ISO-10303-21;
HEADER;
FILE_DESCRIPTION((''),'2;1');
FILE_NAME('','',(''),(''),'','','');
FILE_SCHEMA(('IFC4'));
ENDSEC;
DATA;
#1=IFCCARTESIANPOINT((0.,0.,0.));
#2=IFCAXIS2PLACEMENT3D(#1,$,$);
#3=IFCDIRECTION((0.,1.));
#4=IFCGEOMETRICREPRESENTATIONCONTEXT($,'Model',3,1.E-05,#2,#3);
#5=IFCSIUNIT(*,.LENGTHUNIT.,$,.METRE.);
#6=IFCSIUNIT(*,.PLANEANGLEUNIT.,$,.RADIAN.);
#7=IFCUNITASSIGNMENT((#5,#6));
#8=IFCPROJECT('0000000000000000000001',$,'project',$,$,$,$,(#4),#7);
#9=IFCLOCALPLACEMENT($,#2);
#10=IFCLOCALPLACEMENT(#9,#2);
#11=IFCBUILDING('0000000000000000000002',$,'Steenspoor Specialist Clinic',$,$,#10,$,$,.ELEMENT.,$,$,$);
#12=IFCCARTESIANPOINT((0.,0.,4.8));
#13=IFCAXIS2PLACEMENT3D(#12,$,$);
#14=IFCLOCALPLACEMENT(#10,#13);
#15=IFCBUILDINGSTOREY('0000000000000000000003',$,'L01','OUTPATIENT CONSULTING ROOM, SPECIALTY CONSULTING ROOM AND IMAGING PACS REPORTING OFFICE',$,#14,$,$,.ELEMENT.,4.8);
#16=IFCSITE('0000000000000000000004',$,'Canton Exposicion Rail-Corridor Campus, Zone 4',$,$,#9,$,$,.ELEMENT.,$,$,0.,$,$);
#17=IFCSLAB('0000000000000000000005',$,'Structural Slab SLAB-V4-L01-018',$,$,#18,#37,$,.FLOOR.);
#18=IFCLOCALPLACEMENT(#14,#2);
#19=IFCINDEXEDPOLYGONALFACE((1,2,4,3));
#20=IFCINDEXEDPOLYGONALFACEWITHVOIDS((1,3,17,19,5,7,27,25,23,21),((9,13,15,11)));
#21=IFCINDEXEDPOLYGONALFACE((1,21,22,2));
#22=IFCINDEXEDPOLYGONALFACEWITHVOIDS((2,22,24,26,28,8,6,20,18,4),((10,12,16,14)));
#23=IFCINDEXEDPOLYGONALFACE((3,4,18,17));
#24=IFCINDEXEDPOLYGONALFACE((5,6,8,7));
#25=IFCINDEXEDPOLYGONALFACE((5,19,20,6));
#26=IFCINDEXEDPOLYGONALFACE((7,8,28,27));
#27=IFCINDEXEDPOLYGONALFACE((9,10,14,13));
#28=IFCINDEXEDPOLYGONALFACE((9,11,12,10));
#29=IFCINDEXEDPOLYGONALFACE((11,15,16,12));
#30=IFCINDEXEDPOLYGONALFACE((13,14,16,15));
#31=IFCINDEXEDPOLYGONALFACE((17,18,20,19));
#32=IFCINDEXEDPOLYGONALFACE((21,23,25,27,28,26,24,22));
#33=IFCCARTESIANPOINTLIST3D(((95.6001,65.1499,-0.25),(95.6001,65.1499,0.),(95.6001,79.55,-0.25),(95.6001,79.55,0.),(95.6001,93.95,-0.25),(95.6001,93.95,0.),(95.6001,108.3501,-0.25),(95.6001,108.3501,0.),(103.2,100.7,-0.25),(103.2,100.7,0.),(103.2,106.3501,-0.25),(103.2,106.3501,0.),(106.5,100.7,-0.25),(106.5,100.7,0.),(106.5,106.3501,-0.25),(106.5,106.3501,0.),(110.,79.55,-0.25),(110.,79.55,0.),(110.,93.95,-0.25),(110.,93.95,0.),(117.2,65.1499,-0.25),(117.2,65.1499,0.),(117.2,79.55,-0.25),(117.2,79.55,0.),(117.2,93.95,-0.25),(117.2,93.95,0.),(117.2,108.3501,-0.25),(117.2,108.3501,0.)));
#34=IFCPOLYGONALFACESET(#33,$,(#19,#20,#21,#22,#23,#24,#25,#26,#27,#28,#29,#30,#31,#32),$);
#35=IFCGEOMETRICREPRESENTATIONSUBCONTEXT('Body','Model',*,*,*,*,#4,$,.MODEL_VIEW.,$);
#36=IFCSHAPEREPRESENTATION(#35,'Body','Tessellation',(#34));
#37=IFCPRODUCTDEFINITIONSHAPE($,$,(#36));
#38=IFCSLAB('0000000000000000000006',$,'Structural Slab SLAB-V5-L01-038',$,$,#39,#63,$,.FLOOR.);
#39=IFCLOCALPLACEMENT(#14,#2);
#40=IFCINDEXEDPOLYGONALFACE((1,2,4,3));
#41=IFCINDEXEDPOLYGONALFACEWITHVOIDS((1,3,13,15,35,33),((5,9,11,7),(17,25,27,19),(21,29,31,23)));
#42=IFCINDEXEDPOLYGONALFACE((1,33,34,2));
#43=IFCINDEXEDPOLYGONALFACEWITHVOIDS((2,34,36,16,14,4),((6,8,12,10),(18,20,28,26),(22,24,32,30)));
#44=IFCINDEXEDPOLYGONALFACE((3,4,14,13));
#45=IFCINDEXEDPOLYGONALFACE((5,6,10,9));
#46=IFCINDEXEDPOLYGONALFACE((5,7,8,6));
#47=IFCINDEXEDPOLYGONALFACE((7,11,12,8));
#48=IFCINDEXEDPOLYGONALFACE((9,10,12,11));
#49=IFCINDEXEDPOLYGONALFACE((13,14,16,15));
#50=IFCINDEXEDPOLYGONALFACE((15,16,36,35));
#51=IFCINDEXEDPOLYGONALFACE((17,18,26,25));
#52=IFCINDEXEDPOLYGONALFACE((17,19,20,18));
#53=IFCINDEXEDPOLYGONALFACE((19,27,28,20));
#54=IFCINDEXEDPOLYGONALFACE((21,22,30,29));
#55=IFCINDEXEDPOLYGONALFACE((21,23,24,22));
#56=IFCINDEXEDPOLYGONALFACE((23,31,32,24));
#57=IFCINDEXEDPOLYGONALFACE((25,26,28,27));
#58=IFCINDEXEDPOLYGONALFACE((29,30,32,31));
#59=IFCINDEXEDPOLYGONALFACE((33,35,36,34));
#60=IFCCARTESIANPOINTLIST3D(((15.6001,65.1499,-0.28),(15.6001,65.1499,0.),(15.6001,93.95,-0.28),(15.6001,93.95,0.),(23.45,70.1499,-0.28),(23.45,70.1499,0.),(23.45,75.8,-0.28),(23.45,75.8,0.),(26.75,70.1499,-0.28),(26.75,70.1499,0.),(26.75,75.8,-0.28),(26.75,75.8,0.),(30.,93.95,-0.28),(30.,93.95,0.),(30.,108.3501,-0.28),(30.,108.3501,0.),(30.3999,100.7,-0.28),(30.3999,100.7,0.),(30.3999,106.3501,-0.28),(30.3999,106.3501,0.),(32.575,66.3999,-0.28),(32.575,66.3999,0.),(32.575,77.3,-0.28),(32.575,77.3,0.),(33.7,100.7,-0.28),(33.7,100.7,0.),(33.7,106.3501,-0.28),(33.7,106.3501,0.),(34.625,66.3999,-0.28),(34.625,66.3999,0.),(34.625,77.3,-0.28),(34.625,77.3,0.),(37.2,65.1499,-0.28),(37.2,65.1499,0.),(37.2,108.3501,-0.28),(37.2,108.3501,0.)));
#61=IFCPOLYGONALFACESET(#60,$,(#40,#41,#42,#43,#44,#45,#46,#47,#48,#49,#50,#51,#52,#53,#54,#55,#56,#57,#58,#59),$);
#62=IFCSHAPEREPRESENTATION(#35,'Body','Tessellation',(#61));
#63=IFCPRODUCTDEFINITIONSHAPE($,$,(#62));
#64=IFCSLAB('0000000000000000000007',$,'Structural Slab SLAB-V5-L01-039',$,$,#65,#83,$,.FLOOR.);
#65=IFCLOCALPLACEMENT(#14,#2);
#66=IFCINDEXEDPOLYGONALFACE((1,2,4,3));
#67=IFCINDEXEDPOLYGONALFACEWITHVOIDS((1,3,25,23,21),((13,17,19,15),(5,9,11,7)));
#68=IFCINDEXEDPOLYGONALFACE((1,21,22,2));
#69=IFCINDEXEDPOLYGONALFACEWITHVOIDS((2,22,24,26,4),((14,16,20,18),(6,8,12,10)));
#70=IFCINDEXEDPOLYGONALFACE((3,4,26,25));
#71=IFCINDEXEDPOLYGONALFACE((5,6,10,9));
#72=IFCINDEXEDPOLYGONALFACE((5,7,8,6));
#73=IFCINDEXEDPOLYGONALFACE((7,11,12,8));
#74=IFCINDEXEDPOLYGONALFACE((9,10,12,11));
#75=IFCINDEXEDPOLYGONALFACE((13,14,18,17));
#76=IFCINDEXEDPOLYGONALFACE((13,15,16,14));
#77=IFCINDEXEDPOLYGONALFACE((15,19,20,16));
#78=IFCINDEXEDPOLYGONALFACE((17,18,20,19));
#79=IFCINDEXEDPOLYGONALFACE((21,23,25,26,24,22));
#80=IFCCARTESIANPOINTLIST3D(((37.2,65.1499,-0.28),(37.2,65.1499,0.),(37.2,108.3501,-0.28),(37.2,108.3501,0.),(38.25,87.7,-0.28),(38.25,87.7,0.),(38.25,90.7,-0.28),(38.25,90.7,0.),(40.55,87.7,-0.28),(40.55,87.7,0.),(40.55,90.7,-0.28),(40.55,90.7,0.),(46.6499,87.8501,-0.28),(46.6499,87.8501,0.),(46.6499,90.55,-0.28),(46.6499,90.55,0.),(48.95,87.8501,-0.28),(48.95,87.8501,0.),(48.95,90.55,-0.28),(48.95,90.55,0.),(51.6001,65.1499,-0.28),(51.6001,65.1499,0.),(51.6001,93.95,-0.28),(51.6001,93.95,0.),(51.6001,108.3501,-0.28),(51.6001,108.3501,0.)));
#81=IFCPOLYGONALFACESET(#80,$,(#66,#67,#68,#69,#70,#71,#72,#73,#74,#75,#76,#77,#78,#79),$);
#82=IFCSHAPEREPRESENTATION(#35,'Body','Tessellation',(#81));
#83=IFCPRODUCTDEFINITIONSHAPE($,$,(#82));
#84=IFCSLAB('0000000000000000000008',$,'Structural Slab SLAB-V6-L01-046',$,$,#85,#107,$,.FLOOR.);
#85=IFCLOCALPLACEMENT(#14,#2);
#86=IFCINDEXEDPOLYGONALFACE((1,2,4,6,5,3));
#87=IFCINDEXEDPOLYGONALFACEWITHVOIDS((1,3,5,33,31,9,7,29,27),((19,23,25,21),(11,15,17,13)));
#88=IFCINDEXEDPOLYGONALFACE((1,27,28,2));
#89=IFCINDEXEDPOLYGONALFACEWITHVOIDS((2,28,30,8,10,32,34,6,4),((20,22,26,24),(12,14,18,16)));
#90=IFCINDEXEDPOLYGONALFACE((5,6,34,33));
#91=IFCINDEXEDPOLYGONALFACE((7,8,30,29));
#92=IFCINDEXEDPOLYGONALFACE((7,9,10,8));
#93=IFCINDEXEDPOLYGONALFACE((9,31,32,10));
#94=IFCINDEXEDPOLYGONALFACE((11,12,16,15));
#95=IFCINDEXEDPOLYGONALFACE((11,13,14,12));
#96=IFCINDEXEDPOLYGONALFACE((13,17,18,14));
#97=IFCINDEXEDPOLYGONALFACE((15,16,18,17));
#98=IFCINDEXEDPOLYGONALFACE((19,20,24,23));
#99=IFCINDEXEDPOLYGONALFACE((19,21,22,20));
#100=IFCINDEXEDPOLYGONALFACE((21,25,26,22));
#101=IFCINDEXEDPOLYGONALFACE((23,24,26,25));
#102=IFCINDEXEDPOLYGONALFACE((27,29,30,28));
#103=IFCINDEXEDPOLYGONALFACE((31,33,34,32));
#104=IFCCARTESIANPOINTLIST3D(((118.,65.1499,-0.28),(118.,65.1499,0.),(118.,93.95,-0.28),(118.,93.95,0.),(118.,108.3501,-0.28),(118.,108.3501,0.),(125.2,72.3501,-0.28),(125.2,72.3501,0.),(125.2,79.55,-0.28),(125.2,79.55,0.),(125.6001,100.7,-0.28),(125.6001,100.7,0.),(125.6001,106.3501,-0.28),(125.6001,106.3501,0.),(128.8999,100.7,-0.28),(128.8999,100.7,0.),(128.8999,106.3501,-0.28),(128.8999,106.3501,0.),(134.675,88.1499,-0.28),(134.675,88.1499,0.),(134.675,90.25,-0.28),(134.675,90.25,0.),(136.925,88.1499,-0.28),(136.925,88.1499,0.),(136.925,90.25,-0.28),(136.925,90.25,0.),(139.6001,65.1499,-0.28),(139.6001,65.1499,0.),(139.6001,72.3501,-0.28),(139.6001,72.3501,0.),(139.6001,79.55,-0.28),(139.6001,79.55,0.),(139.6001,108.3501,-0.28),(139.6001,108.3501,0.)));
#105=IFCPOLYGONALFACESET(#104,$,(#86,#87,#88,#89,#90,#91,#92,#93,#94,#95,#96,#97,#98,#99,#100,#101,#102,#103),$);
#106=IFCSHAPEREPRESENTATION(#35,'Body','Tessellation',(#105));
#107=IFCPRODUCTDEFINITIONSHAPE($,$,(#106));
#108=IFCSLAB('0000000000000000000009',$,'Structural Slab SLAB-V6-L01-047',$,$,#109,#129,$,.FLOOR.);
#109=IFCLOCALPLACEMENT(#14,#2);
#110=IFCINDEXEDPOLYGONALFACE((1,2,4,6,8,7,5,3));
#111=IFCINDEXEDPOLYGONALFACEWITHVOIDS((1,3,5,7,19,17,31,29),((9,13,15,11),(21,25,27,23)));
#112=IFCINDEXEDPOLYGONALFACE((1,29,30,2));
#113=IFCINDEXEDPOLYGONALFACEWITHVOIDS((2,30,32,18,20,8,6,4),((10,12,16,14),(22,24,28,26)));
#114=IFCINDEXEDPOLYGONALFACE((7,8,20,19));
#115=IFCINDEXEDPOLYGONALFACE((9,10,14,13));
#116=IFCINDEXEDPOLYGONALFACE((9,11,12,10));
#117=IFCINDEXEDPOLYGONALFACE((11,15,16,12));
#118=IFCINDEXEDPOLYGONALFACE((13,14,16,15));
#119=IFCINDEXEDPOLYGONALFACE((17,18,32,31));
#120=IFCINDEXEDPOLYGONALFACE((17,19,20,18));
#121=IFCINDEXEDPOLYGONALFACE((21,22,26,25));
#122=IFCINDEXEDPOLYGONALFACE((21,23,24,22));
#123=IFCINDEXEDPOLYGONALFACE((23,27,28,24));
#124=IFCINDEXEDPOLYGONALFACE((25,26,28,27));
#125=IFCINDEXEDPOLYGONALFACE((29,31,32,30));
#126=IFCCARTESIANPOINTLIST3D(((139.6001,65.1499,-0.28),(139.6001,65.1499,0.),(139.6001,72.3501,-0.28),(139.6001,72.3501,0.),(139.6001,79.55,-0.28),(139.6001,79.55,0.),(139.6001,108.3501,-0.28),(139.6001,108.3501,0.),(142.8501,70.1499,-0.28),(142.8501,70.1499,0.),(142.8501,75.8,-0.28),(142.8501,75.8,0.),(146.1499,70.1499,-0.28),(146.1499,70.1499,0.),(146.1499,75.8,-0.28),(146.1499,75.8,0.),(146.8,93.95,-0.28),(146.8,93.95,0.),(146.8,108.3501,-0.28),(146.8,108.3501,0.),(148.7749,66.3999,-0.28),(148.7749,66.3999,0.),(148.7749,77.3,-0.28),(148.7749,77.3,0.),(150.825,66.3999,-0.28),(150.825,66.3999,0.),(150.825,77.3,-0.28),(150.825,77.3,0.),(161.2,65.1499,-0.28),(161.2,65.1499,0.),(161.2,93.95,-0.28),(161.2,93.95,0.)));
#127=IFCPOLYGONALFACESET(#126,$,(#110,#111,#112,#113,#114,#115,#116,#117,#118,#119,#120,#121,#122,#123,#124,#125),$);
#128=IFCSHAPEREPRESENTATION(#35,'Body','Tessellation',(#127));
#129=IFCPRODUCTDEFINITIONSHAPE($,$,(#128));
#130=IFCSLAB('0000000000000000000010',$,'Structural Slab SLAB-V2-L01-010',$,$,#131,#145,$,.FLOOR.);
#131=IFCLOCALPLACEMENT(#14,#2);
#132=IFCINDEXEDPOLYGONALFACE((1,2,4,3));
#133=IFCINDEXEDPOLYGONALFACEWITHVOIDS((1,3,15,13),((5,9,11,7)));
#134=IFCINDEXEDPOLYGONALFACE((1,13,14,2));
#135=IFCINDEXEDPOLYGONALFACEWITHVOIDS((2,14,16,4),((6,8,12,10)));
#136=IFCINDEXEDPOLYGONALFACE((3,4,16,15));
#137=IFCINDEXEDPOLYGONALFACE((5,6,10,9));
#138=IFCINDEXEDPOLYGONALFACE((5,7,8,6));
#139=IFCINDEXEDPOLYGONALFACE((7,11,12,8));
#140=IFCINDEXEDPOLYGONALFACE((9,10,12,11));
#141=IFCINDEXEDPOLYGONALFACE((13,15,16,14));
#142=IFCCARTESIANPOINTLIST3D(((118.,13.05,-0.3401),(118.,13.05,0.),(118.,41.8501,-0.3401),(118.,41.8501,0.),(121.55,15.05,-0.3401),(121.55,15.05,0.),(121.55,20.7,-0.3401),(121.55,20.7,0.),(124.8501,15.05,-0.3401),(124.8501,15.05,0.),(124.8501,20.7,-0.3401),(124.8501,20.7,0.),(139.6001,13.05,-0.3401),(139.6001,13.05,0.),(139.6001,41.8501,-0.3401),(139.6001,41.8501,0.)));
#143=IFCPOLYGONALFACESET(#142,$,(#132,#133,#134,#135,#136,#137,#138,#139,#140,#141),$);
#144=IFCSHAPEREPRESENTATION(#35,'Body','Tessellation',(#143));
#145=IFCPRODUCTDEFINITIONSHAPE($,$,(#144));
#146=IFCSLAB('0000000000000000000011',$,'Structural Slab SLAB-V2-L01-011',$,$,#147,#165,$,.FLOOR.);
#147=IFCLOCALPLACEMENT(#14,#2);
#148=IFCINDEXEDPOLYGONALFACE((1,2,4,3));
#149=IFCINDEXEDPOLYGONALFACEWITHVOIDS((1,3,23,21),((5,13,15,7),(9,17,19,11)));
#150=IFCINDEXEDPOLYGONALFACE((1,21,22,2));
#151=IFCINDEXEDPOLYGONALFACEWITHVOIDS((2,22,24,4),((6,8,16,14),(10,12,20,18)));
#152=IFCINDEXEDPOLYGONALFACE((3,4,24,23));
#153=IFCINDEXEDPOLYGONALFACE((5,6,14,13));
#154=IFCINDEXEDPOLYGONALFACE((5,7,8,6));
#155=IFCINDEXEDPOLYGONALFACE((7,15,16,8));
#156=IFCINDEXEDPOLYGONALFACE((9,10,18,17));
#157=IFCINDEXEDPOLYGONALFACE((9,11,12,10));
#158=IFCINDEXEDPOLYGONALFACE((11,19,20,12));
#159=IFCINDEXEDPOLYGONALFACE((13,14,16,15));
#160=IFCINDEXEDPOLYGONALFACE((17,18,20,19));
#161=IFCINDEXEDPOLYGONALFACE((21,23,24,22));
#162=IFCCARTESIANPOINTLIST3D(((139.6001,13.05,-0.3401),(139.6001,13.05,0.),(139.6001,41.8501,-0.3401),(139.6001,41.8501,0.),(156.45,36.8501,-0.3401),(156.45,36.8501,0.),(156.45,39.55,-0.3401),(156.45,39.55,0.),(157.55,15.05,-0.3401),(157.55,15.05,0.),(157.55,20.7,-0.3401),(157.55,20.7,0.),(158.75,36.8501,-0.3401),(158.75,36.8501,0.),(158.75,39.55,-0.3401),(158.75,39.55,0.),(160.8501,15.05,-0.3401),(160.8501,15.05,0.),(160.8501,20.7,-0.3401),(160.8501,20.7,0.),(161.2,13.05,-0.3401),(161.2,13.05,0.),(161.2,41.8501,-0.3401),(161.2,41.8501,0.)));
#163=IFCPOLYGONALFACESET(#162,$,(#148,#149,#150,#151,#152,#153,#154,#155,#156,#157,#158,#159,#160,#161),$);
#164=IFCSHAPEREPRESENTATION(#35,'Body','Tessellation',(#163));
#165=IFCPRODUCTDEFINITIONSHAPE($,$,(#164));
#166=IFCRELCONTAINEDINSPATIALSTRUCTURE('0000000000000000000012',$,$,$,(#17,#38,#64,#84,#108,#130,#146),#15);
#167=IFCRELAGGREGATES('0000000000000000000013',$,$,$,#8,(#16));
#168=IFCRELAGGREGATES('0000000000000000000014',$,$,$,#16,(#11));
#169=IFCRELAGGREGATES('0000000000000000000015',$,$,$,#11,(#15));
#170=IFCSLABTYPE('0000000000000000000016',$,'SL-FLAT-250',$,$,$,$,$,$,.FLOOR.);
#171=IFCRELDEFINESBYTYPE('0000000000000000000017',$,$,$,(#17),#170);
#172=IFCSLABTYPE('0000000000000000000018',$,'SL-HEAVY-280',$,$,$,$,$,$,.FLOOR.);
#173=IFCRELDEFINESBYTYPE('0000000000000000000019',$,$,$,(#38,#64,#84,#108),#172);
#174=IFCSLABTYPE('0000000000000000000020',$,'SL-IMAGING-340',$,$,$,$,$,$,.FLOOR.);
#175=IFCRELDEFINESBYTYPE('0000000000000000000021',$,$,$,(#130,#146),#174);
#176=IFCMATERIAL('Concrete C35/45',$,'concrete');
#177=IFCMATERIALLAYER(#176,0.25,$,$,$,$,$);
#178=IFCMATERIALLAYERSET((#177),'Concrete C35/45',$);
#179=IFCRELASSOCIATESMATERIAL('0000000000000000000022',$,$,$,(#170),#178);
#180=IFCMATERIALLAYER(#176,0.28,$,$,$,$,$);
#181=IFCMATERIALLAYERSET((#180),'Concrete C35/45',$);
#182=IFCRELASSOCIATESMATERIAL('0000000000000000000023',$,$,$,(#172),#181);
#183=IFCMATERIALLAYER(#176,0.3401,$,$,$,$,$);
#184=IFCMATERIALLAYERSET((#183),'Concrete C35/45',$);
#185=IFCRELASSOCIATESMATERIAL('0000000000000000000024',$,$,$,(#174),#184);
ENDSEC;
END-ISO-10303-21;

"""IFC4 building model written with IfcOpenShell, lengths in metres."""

from ifc_helpers import new_model, si_unit, direction, frame, origin, place, context, subcontext, project, spatial, polyline, outline, extrude, material, layer, layer_set, type_object, element, save


model = new_model("IFC4")

# Units and contexts
model_context = context("Model", 3, precision=1e-05, world=origin(), true_north=direction((0.0, 1.0)))
body_context = subcontext(model_context, "Body", "Model", "MODEL_VIEW")
ifc_project = project(units=[si_unit("LENGTHUNIT", "METRE"), si_unit("PLANEANGLEUNIT", "RADIAN")], contexts=[model_context])

# Site, building, storey
site_placement = place(None, origin())
site = spatial("IfcSite", under=ifc_project, at=site_placement, Name="Canton Exposicion Rail-Corridor Campus, Zone 4", CompositionType="ELEMENT", RefElevation=0.0)
building_placement = place(site_placement, origin())
building = spatial("IfcBuilding", under=site, at=building_placement, Name="Steenspoor Specialist Clinic", CompositionType="ELEMENT")
storey_placement = place(building_placement, frame((0.0, 0.0, 4.8)))
storey = spatial("IfcBuildingStorey", under=building, at=storey_placement, Name="L01", Description="OUTPATIENT CONSULTING ROOM, SPECIALTY CONSULTING ROOM AND IMAGING PACS REPORTING OFFICE", CompositionType="ELEMENT", Elevation=4.8)

# Slabs
ifc_material_1 = material(Name="Concrete C35/45", Category="concrete")
ifc_layer_1 = layer(ifc_material_1, 0.25)
ifc_layer_set_1 = layer_set([ifc_layer_1], Name="Concrete C35/45")
slab_type_1 = type_object("IfcSlabType", Name="SL-FLAT-250", PredefinedType="FLOOR", material=ifc_layer_set_1)
slab_1_placement = place(storey_placement, frame((0.0, 0.0, -0.25)))
element("IfcSlab", 1, at=slab_1_placement, inside=storey, type_object=slab_type_1, Name="Structural Slab SLAB-V4-L01-018", PredefinedType="FLOOR", context=body_context, shape_type="SweptSolid", body=[
    extrude(outline(polyline([(117.2, 108.3501), (117.2, 93.95), (117.2, 79.55), (117.2, 65.1499), (95.6001, 65.1499), (95.6001, 79.55), (110.0, 79.55), (110.0, 93.95), (95.6001, 93.95), (95.6001, 108.3501), (117.2, 108.3501)]), holes=[polyline([(106.5, 106.3501), (103.2, 106.3501), (103.2, 100.7), (106.5, 100.7), (106.5, 106.3501)])]), origin(), (0.0, 0.0, 1.0), 0.25),
])
ifc_layer_2 = layer(ifc_material_1, 0.28)
ifc_layer_set_2 = layer_set([ifc_layer_2], Name="Concrete C35/45")
slab_type_2 = type_object("IfcSlabType", Name="SL-HEAVY-280", PredefinedType="FLOOR", material=ifc_layer_set_2)
slab_2_placement = place(storey_placement, frame((0.0, 0.0, -0.28)))
element("IfcSlab", 2, at=slab_2_placement, inside=storey, type_object=slab_type_2, Name="Structural Slab SLAB-V5-L01-038", PredefinedType="FLOOR", context=body_context, shape_type="SweptSolid", body=[
    extrude(outline(polyline([(15.6001, 93.95), (30.0, 93.95), (30.0, 108.3501), (37.2, 108.3501), (37.2, 65.1499), (15.6001, 65.1499), (15.6001, 93.95)]), holes=[polyline([(34.625, 77.3), (32.575, 77.3), (32.575, 66.3999), (34.625, 66.3999), (34.625, 77.3)]), polyline([(23.45, 75.8), (23.45, 70.1499), (26.75, 70.1499), (26.75, 75.8), (23.45, 75.8)]), polyline([(33.7, 106.3501), (30.3999, 106.3501), (30.3999, 100.7), (33.7, 100.7), (33.7, 106.3501)])]), origin(), (0.0, 0.0, 1.0), 0.28),
])
slab_3_placement = place(storey_placement, frame((0.0, 0.0, -0.28)))
element("IfcSlab", 3, at=slab_3_placement, inside=storey, type_object=slab_type_2, Name="Structural Slab SLAB-V5-L01-039", PredefinedType="FLOOR", context=body_context, shape_type="SweptSolid", body=[
    extrude(outline(polyline([(51.6001, 108.3501), (51.6001, 93.95), (51.6001, 65.1499), (37.2, 65.1499), (37.2, 108.3501), (51.6001, 108.3501)]), holes=[polyline([(40.55, 90.7), (38.25, 90.7), (38.25, 87.7), (40.55, 87.7), (40.55, 90.7)]), polyline([(48.95, 90.55), (46.6499, 90.55), (46.6499, 87.8501), (48.95, 87.8501), (48.95, 90.55)])]), origin(), (0.0, 0.0, 1.0), 0.28),
])
slab_4_placement = place(storey_placement, frame((0.0, 0.0, -0.28)))
element("IfcSlab", 4, at=slab_4_placement, inside=storey, type_object=slab_type_2, Name="Structural Slab SLAB-V6-L01-046", PredefinedType="FLOOR", context=body_context, shape_type="SweptSolid", body=[
    extrude(outline(polyline([(118.0, 65.1499), (118.0, 93.95), (118.0, 108.3501), (139.6001, 108.3501), (139.6001, 79.55), (125.2, 79.55), (125.2, 72.3501), (139.6001, 72.3501), (139.6001, 65.1499), (118.0, 65.1499)]), holes=[polyline([(136.925, 90.25), (134.675, 90.25), (134.675, 88.1499), (136.925, 88.1499), (136.925, 90.25)]), polyline([(128.8999, 106.3501), (125.6001, 106.3501), (125.6001, 100.7), (128.8999, 100.7), (128.8999, 106.3501)])]), origin(), (0.0, 0.0, 1.0), 0.28),
])
slab_5_placement = place(storey_placement, frame((0.0, 0.0, -0.28)))
element("IfcSlab", 5, at=slab_5_placement, inside=storey, type_object=slab_type_2, Name="Structural Slab SLAB-V6-L01-047", PredefinedType="FLOOR", context=body_context, shape_type="SweptSolid", body=[
    extrude(outline(polyline([(139.6001, 65.1499), (139.6001, 72.3501), (139.6001, 79.55), (139.6001, 108.3501), (146.8, 108.3501), (146.8, 93.95), (161.2, 93.95), (161.2, 65.1499), (139.6001, 65.1499)]), holes=[polyline([(150.825, 77.3), (148.7749, 77.3), (148.7749, 66.3999), (150.825, 66.3999), (150.825, 77.3)]), polyline([(146.1499, 75.8), (142.8501, 75.8), (142.8501, 70.1499), (146.1499, 70.1499), (146.1499, 75.8)])]), origin(), (0.0, 0.0, 1.0), 0.28),
])
ifc_layer_3 = layer(ifc_material_1, 0.3401)
ifc_layer_set_3 = layer_set([ifc_layer_3], Name="Concrete C35/45")
slab_type_3 = type_object("IfcSlabType", Name="SL-IMAGING-340", PredefinedType="FLOOR", material=ifc_layer_set_3)
slab_6_placement = place(storey_placement, frame((0.0, 0.0, -0.3401)))
element("IfcSlab", 6, at=slab_6_placement, inside=storey, type_object=slab_type_3, Name="Structural Slab SLAB-V2-L01-010", PredefinedType="FLOOR", context=body_context, shape_type="SweptSolid", body=[
    extrude(outline(polyline([(118.0, 41.8501), (139.6001, 41.8501), (139.6001, 13.05), (118.0, 13.05), (118.0, 41.8501)]), holes=[polyline([(124.8501, 20.7), (121.55, 20.7), (121.55, 15.05), (124.8501, 15.05), (124.8501, 20.7)])]), origin(), (0.0, 0.0, 1.0), 0.3401),
])
slab_7_placement = place(storey_placement, frame((0.0, 0.0, -0.3401)))
element("IfcSlab", 7, at=slab_7_placement, inside=storey, type_object=slab_type_3, Name="Structural Slab SLAB-V2-L01-011", PredefinedType="FLOOR", context=body_context, shape_type="SweptSolid", body=[
    extrude(outline(polyline([(161.2, 41.8501), (161.2, 13.05), (139.6001, 13.05), (139.6001, 41.8501), (161.2, 41.8501)]), holes=[polyline([(157.55, 20.7), (157.55, 15.05), (160.8501, 15.05), (160.8501, 20.7), (157.55, 20.7)]), polyline([(158.75, 39.55), (156.45, 39.55), (156.45, 36.8501), (158.75, 36.8501), (158.75, 39.55)])]), origin(), (0.0, 0.0, 1.0), 0.3401),
])

save(model, "model.ifc")
